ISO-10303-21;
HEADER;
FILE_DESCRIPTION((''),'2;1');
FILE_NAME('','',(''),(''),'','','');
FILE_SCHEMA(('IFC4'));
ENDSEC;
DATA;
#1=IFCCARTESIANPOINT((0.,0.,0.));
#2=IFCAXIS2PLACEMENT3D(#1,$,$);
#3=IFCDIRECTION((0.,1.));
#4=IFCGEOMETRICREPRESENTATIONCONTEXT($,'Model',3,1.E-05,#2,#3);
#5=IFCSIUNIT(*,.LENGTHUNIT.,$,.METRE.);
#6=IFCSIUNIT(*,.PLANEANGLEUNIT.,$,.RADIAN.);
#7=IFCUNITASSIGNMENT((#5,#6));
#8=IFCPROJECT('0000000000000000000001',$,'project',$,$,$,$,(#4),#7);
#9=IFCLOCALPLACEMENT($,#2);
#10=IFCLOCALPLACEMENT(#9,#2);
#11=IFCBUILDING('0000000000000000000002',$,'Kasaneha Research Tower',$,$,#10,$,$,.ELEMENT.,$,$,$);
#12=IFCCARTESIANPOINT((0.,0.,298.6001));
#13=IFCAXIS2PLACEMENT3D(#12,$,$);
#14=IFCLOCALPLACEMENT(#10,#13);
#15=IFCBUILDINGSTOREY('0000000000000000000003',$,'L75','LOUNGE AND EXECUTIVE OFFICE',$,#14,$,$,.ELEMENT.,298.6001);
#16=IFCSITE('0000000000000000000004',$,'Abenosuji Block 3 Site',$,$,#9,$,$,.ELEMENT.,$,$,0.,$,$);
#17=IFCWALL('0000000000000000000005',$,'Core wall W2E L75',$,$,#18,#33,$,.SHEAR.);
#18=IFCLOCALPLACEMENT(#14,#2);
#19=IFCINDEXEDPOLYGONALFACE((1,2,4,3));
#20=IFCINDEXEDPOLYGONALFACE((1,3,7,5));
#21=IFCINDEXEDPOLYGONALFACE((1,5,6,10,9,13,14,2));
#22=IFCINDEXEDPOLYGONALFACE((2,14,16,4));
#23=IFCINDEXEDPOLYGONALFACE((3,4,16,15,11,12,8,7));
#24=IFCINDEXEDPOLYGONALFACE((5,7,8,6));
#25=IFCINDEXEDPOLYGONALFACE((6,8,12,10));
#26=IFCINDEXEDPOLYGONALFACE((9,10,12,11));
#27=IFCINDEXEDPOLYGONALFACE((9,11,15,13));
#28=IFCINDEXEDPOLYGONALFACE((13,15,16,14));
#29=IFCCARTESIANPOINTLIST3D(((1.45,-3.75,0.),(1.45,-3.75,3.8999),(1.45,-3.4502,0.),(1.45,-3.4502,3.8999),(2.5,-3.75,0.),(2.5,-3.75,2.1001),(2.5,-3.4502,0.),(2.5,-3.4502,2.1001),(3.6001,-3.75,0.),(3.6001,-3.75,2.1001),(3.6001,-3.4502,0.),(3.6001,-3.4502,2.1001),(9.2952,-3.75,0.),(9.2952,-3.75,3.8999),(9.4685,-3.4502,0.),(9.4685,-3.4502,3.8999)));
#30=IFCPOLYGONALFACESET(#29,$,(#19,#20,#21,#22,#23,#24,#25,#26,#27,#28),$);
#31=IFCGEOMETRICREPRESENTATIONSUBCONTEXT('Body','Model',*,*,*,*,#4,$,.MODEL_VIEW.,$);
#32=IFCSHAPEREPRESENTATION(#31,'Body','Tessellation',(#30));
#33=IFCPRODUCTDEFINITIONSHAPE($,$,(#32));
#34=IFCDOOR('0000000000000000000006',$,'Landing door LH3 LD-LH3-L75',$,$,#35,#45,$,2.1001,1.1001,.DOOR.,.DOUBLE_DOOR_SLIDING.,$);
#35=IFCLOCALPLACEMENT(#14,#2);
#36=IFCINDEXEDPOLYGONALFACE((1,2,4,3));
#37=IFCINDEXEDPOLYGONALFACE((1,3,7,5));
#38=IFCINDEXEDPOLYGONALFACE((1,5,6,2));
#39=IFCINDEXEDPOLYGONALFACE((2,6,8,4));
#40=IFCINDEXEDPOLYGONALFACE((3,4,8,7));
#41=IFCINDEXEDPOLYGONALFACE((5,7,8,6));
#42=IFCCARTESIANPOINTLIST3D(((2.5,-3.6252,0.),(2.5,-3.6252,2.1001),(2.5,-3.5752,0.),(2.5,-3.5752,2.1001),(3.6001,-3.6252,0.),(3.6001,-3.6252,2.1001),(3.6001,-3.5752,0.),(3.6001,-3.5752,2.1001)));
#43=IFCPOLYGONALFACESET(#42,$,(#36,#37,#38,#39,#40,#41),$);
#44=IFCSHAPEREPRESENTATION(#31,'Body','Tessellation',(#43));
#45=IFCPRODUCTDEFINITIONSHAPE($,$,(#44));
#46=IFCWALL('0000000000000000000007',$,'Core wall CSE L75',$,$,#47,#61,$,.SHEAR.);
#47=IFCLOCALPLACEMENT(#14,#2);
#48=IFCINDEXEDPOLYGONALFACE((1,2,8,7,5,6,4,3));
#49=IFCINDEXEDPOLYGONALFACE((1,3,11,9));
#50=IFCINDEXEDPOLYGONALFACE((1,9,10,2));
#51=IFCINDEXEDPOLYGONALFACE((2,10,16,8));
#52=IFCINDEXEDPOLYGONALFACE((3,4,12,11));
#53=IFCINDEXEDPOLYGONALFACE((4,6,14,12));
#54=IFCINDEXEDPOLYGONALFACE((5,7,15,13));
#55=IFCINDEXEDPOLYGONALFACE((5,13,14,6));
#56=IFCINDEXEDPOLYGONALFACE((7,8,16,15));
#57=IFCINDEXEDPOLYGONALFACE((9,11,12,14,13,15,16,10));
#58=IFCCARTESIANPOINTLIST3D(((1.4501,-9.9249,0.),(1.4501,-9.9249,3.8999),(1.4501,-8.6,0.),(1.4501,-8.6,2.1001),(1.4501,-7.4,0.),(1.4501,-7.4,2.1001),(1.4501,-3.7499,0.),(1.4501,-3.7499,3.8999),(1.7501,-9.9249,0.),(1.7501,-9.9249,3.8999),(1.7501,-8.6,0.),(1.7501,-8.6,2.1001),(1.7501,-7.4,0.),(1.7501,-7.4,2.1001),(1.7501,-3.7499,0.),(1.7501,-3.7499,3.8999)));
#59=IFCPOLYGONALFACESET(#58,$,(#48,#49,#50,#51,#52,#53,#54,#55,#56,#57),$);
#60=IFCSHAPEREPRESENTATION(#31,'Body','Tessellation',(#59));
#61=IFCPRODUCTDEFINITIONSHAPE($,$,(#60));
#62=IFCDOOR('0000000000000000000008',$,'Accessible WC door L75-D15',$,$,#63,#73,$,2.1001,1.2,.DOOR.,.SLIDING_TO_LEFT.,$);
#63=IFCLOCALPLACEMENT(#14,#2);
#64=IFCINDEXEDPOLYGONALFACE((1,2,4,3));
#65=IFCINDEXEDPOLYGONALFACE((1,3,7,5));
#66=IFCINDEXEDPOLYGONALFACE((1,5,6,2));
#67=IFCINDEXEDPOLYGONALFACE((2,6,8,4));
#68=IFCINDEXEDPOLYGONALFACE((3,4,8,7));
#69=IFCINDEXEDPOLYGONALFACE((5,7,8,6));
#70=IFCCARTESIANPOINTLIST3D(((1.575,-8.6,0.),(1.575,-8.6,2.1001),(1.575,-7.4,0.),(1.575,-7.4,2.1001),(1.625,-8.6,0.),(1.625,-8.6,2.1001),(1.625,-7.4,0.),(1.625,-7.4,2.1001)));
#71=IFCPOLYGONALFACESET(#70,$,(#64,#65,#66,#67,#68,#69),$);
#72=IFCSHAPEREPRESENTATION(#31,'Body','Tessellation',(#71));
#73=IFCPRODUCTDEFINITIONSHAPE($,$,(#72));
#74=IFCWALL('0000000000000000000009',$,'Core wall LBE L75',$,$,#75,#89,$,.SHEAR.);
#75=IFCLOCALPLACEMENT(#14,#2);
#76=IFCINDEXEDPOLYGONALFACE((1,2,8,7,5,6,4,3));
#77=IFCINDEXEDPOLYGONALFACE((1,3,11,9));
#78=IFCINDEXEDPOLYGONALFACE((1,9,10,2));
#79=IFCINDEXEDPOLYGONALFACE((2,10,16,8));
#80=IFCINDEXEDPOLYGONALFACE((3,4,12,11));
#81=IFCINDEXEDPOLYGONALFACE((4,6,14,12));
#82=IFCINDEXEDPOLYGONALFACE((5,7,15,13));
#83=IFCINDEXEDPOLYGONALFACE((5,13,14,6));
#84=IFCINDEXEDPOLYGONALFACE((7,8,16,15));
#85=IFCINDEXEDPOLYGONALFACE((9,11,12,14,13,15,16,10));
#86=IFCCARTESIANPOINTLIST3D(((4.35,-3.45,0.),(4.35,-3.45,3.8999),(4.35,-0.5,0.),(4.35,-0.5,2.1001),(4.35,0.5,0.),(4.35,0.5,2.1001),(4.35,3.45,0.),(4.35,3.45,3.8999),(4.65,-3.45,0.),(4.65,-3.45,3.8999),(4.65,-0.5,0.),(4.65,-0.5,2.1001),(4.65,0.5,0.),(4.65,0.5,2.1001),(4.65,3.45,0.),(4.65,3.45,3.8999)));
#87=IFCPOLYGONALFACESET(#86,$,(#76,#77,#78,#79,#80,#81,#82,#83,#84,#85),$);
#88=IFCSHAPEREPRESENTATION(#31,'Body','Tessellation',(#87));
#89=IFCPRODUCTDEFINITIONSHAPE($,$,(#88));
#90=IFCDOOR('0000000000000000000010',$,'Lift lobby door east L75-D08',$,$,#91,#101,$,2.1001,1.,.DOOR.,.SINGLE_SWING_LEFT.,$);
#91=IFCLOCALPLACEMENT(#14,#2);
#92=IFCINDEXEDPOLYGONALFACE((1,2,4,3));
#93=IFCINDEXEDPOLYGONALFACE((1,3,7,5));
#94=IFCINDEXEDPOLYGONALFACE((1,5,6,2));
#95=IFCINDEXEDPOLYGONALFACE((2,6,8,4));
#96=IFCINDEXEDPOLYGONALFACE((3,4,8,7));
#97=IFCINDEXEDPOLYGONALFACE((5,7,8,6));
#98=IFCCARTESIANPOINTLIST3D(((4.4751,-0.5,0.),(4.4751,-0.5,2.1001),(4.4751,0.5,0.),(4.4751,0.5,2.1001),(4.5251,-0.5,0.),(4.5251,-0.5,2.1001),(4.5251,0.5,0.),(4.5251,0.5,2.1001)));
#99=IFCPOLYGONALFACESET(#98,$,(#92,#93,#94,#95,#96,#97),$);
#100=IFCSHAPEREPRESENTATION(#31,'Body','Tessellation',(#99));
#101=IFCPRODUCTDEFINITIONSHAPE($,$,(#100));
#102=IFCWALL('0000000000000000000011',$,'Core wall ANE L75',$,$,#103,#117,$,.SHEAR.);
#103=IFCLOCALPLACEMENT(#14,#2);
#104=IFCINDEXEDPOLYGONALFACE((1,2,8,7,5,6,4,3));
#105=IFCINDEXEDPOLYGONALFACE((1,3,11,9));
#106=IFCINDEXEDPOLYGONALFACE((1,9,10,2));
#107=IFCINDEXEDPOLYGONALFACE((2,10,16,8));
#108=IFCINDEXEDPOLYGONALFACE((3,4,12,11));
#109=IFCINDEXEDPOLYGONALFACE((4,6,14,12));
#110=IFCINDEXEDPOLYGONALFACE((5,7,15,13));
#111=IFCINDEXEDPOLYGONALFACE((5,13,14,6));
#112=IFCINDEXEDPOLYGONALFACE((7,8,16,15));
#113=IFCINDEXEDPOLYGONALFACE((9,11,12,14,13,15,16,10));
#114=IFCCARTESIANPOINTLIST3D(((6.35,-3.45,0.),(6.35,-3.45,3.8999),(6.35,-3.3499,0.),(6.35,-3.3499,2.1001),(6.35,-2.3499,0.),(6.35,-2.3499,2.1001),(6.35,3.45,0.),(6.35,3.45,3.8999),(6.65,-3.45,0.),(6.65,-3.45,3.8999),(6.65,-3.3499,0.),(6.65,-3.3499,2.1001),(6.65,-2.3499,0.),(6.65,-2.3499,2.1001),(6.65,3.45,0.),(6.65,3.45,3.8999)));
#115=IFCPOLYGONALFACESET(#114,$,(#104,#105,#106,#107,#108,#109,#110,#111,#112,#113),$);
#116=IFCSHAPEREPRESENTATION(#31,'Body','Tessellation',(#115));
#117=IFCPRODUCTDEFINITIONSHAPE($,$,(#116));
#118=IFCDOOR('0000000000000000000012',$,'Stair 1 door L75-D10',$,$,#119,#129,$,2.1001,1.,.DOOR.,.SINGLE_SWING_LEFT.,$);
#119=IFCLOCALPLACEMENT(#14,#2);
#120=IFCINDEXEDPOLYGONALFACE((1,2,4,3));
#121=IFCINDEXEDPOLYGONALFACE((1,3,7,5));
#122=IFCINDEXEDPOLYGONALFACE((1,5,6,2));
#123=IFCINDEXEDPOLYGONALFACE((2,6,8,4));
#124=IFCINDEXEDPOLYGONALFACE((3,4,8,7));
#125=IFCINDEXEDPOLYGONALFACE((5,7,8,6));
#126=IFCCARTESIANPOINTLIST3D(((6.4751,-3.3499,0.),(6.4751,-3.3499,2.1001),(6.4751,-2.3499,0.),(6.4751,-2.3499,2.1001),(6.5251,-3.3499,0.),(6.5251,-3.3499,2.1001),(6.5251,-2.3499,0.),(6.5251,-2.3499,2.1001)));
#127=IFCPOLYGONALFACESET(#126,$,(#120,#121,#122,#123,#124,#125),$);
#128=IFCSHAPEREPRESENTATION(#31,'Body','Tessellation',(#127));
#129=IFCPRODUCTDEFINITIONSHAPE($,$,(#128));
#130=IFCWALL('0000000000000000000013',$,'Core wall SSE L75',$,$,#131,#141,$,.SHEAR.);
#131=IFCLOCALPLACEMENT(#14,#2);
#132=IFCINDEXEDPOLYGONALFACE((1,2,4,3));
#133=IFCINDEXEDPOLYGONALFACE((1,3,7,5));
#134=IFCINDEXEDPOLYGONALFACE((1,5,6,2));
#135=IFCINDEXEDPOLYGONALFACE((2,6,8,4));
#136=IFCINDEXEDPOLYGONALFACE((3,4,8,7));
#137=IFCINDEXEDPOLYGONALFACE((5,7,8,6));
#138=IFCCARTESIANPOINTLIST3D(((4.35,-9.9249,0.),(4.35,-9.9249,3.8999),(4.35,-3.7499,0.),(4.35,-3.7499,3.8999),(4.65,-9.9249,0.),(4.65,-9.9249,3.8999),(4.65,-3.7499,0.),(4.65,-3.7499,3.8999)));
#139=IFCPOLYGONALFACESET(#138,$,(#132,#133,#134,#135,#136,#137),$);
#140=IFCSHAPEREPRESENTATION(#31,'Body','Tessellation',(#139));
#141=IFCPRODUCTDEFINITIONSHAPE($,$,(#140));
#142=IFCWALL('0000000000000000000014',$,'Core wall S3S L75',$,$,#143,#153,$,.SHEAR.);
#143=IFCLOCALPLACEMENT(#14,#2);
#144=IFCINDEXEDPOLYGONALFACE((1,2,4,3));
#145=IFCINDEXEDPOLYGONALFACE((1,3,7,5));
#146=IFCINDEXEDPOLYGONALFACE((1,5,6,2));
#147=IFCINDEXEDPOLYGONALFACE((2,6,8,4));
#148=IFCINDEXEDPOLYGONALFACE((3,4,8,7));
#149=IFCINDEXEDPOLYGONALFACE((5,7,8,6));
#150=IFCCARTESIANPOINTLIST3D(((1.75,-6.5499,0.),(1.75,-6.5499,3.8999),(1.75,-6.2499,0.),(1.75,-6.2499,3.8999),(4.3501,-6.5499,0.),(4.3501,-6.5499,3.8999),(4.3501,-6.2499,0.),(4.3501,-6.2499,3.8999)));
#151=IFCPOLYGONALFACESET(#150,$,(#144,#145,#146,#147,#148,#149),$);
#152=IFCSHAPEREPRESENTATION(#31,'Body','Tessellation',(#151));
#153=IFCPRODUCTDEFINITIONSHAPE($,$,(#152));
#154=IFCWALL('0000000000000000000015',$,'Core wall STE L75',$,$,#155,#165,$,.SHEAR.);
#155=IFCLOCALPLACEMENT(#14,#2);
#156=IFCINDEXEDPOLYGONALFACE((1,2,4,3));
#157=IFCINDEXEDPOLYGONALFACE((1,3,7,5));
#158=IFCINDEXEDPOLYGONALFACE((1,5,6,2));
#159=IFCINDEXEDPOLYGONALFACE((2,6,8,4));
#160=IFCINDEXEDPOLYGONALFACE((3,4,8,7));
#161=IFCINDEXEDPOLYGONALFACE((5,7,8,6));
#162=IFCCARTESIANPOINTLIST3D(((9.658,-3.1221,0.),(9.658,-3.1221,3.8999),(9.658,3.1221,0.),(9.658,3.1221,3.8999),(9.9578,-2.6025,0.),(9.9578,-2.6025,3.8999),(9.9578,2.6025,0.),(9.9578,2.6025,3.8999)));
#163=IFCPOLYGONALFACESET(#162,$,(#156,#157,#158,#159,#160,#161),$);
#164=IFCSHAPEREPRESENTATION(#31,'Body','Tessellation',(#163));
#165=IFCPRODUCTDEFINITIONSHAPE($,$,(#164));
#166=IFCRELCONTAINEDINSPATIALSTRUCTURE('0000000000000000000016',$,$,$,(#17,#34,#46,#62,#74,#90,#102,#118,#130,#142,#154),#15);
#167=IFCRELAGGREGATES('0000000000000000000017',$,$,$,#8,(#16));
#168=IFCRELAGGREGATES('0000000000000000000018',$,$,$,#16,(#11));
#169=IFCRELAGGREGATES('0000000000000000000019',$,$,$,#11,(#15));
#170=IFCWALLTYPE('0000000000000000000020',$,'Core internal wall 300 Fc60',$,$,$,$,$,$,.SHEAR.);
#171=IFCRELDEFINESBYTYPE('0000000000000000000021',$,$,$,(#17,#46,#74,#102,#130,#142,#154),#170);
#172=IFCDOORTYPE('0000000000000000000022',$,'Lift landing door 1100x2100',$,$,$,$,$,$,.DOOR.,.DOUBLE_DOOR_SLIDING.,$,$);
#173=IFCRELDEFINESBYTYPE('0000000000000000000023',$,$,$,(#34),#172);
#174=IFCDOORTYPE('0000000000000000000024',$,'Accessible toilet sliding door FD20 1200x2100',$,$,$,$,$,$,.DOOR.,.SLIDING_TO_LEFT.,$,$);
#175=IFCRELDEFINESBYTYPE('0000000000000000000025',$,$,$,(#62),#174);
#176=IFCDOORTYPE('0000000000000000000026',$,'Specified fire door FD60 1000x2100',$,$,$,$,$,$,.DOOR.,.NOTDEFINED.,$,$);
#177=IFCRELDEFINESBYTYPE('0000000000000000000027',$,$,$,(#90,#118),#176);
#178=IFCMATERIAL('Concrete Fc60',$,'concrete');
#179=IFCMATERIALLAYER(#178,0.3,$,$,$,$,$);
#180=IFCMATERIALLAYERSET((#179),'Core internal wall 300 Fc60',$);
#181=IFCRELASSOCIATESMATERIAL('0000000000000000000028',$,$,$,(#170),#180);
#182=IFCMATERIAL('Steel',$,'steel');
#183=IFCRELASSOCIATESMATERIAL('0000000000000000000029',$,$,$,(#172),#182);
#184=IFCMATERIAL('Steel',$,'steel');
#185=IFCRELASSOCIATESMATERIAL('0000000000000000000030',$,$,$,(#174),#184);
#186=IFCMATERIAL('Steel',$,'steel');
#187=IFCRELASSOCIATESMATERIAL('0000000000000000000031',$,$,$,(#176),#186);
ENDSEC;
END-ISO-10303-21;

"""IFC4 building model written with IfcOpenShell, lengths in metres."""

from ifc_helpers import new_model, si_unit, direction, frame, frame_2d, origin, place, context, subcontext, project, spatial, polyline, rectangle, outline, extrude, material, layer, layer_set, type_object, element, fill, save


model = new_model("IFC4")

# Units and contexts
model_context = context("Model", 3, precision=1e-05, world=origin(), true_north=direction((0.0, 1.0)))
body_context = subcontext(model_context, "Body", "Model", "MODEL_VIEW")
ifc_project = project(units=[si_unit("LENGTHUNIT", "METRE"), si_unit("PLANEANGLEUNIT", "RADIAN")], contexts=[model_context])

# Site, building, storey
site_placement = place(None, origin())
site = spatial("IfcSite", under=ifc_project, at=site_placement, Name="Abenosuji Block 3 Site", CompositionType="ELEMENT", RefElevation=0.0)
building_placement = place(site_placement, origin())
building = spatial("IfcBuilding", under=site, at=building_placement, Name="Kasaneha Research Tower", CompositionType="ELEMENT")
storey_placement = place(building_placement, frame((0.0, 0.0, 298.6001)))
storey = spatial("IfcBuildingStorey", under=building, at=storey_placement, Name="L75", Description="LOUNGE AND EXECUTIVE OFFICE", CompositionType="ELEMENT", Elevation=298.6001)

# Walls, openings, doors
ifc_material_1 = material(Name="Concrete Fc60", Category="concrete")
ifc_layer_1 = layer(ifc_material_1, 0.3)
ifc_layer_set_1 = layer_set([ifc_layer_1], Name="Core internal wall 300 Fc60")
wall_type_1 = type_object("IfcWallType", Name="Core internal wall 300 Fc60", PredefinedType="SHEAR", material=ifc_layer_set_1)
wall_1_placement = place(storey_placement, frame((1.45, -3.6001, 0.0), z_axis=(0.0, 0.0, 1.0), x_axis=(1.0, 0.0, 0.0)))
wall_1 = element("IfcWall", 1, at=wall_1_placement, inside=storey, type_object=wall_type_1, Name="Core wall W2E L75", PredefinedType="SHEAR", context=body_context, shape_type="SweptSolid", body=[
    extrude(outline(polyline([(0.0, -0.1499), (1.05, -0.1499), (2.1501, -0.1499), (7.8452, -0.1499), (8.0186, 0.1499), (2.1501, 0.1499), (1.05, 0.1499), (0.0, 0.1499), (0.0, -0.1499)])), origin(), (0.0, 0.0, 1.0), 3.8999),
])
opening_1_placement = place(wall_1_placement, frame((1.05, 0.0, 0.0)))
opening_1 = element("IfcOpeningElement", 2, at=opening_1_placement, cuts=wall_1, PredefinedType="OPENING", context=body_context, shape_type="SweptSolid", body=[
    extrude(rectangle(XDim=1.1001, YDim=2.1001, at=frame_2d((0.55, 1.05))), frame((0.0, 0.1602, 0.0), z_axis=(0.0, -1.0, 0.0), x_axis=(1.0, 0.0, 0.0)), (0.0, 0.0, 1.0), 0.3201),
])
ifc_material_2 = material(Name="Steel", Category="steel")
door_type_1 = type_object("IfcDoorType", Name="Lift landing door 1100x2100", OperationType="DOUBLE_DOOR_SLIDING", PredefinedType="DOOR", material=ifc_material_2)
door_1_placement = place(opening_1_placement, origin())
door_1 = element("IfcDoor", 3, at=door_1_placement, inside=storey, type_object=door_type_1, Name="Landing door LH3 LD-LH3-L75", OperationType="DOUBLE_DOOR_SLIDING", OverallHeight=2.1001, OverallWidth=1.1001, PredefinedType="DOOR", context=body_context, shape_type="SweptSolid", body=[
    extrude(rectangle(XDim=1.1001, YDim=2.1001, at=frame_2d((0.55, 1.05))), frame((0.0, 0.0249, 0.0), z_axis=(0.0, -1.0, 0.0), x_axis=(1.0, 0.0, 0.0)), (0.0, 0.0, 1.0), 0.05),
])
fill(opening_1, door_1)
wall_2_placement = place(storey_placement, frame((1.6001, -3.75, 0.0), z_axis=(0.0, 0.0, 1.0), x_axis=(0.0, -1.0, 0.0)))
wall_2 = element("IfcWall", 4, at=wall_2_placement, inside=storey, type_object=wall_type_1, Name="Core wall CSE L75", PredefinedType="SHEAR", context=body_context, shape_type="SweptSolid", body=[
    extrude(rectangle(XDim=6.175, YDim=0.3, at=frame_2d((3.0874, 0.0))), origin(), (0.0, 0.0, 1.0), 3.8999),
])
opening_2_placement = place(wall_2_placement, frame((3.6499, 0.0, 0.0)))
opening_2 = element("IfcOpeningElement", 5, at=opening_2_placement, cuts=wall_2, PredefinedType="OPENING", context=body_context, shape_type="SweptSolid", body=[
    extrude(rectangle(XDim=1.2, YDim=2.1001, at=frame_2d((0.6001, 1.05))), frame((0.0, 0.1602, 0.0), z_axis=(0.0, -1.0, 0.0), x_axis=(1.0, 0.0, 0.0)), (0.0, 0.0, 1.0), 0.3201),
])
ifc_material_3 = material(Name="Steel", Category="steel")
door_type_2 = type_object("IfcDoorType", Name="Accessible toilet sliding door FD20 1200x2100", OperationType="SLIDING_TO_LEFT", PredefinedType="DOOR", material=ifc_material_3)
door_2_placement = place(opening_2_placement, origin())
door_2 = element("IfcDoor", 6, at=door_2_placement, inside=storey, type_object=door_type_2, Name="Accessible WC door L75-D15", OperationType="SLIDING_TO_LEFT", OverallHeight=2.1001, OverallWidth=1.2, PredefinedType="DOOR", context=body_context, shape_type="SweptSolid", body=[
    extrude(rectangle(XDim=1.2, YDim=2.1001, at=frame_2d((0.6001, 1.05))), frame((0.0, 0.0249, 0.0), z_axis=(0.0, -1.0, 0.0), x_axis=(1.0, 0.0, 0.0)), (0.0, 0.0, 1.0), 0.05),
])
fill(opening_2, door_2)
wall_3_placement = place(storey_placement, frame((4.5, -3.45, 0.0), z_axis=(0.0, 0.0, 1.0), x_axis=(0.0, 1.0, 0.0)))
wall_3 = element("IfcWall", 7, at=wall_3_placement, inside=storey, type_object=wall_type_1, Name="Core wall LBE L75", PredefinedType="SHEAR", context=body_context, shape_type="SweptSolid", body=[
    extrude(rectangle(XDim=6.8999, YDim=0.3, at=frame_2d((3.45, 0.0))), origin(), (0.0, 0.0, 1.0), 3.8999),
])
opening_3_placement = place(wall_3_placement, frame((2.95, 0.0, 0.0)))
opening_3 = element("IfcOpeningElement", 8, at=opening_3_placement, cuts=wall_3, PredefinedType="OPENING", context=body_context, shape_type="SweptSolid", body=[
    extrude(rectangle(XDim=1.0, YDim=2.1001, at=frame_2d((0.5, 1.05))), frame((0.0, 0.1602, 0.0), z_axis=(0.0, -1.0, 0.0), x_axis=(1.0, 0.0, 0.0)), (0.0, 0.0, 1.0), 0.3201),
])
ifc_material_4 = material(Name="Steel", Category="steel")
door_type_3 = type_object("IfcDoorType", Name="Specified fire door FD60 1000x2100", OperationType="NOTDEFINED", PredefinedType="DOOR", material=ifc_material_4)
door_3_placement = place(opening_3_placement, origin())
door_3 = element("IfcDoor", 9, at=door_3_placement, inside=storey, type_object=door_type_3, Name="Lift lobby door east L75-D08", OperationType="SINGLE_SWING_LEFT", OverallHeight=2.1001, OverallWidth=1.0, PredefinedType="DOOR", context=body_context, shape_type="SweptSolid", body=[
    extrude(rectangle(XDim=1.0, YDim=2.1001, at=frame_2d((0.5, 1.05))), frame((0.0, 0.0249, 0.0), z_axis=(0.0, -1.0, 0.0), x_axis=(1.0, 0.0, 0.0)), (0.0, 0.0, 1.0), 0.05),
])
fill(opening_3, door_3)
wall_4_placement = place(storey_placement, frame((6.5, -3.45, 0.0), z_axis=(0.0, 0.0, 1.0), x_axis=(0.0, 1.0, 0.0)))
wall_4 = element("IfcWall", 10, at=wall_4_placement, inside=storey, type_object=wall_type_1, Name="Core wall ANE L75", PredefinedType="SHEAR", context=body_context, shape_type="SweptSolid", body=[
    extrude(rectangle(XDim=6.8999, YDim=0.3, at=frame_2d((3.45, 0.0))), origin(), (0.0, 0.0, 1.0), 3.8999),
])
opening_4_placement = place(wall_4_placement, frame((0.1001, 0.0, 0.0)))
opening_4 = element("IfcOpeningElement", 11, at=opening_4_placement, cuts=wall_4, PredefinedType="OPENING", context=body_context, shape_type="SweptSolid", body=[
    extrude(rectangle(XDim=1.0, YDim=2.1001, at=frame_2d((0.5, 1.05))), frame((0.0, 0.1602, 0.0), z_axis=(0.0, -1.0, 0.0), x_axis=(1.0, 0.0, 0.0)), (0.0, 0.0, 1.0), 0.3201),
])
door_4_placement = place(opening_4_placement, origin())
door_4 = element("IfcDoor", 12, at=door_4_placement, inside=storey, type_object=door_type_3, Name="Stair 1 door L75-D10", OperationType="SINGLE_SWING_LEFT", OverallHeight=2.1001, OverallWidth=1.0, PredefinedType="DOOR", context=body_context, shape_type="SweptSolid", body=[
    extrude(rectangle(XDim=1.0, YDim=2.1001, at=frame_2d((0.5, 1.05))), frame((0.0, 0.0249, 0.0), z_axis=(0.0, -1.0, 0.0), x_axis=(1.0, 0.0, 0.0)), (0.0, 0.0, 1.0), 0.05),
])
fill(opening_4, door_4)

# Walls
wall_5_placement = place(storey_placement, frame((4.5, -3.75, 0.0), z_axis=(0.0, 0.0, 1.0), x_axis=(0.0, -1.0, 0.0)))
element("IfcWall", 13, at=wall_5_placement, inside=storey, type_object=wall_type_1, Name="Core wall SSE L75", PredefinedType="SHEAR", context=body_context, shape_type="SweptSolid", body=[
    extrude(rectangle(XDim=6.175, YDim=0.3, at=frame_2d((3.0874, 0.0))), origin(), (0.0, 0.0, 1.0), 3.8999),
])
wall_6_placement = place(storey_placement, frame((1.75, -6.3999, 0.0), z_axis=(0.0, 0.0, 1.0), x_axis=(1.0, 0.0, 0.0)))
element("IfcWall", 14, at=wall_6_placement, inside=storey, type_object=wall_type_1, Name="Core wall S3S L75", PredefinedType="SHEAR", context=body_context, shape_type="SweptSolid", body=[
    extrude(rectangle(XDim=2.6001, YDim=0.3, at=frame_2d((1.3, 0.0))), origin(), (0.0, 0.0, 1.0), 3.8999),
])
wall_7_placement = place(storey_placement, frame((9.8079, -2.8623, 0.0), z_axis=(0.0, 0.0, 1.0), x_axis=(0.0, 1.0, 0.0)))
element("IfcWall", 15, at=wall_7_placement, inside=storey, type_object=wall_type_1, Name="Core wall STE L75", PredefinedType="SHEAR", context=body_context, shape_type="SweptSolid", body=[
    extrude(outline(polyline([(0.2598, -0.1499), (5.4648, -0.1499), (5.9844, 0.1499), (-0.2598, 0.1499), (0.2598, -0.1499)])), origin(), (0.0, 0.0, 1.0), 3.8999),
])

save(model, "model.ifc")
